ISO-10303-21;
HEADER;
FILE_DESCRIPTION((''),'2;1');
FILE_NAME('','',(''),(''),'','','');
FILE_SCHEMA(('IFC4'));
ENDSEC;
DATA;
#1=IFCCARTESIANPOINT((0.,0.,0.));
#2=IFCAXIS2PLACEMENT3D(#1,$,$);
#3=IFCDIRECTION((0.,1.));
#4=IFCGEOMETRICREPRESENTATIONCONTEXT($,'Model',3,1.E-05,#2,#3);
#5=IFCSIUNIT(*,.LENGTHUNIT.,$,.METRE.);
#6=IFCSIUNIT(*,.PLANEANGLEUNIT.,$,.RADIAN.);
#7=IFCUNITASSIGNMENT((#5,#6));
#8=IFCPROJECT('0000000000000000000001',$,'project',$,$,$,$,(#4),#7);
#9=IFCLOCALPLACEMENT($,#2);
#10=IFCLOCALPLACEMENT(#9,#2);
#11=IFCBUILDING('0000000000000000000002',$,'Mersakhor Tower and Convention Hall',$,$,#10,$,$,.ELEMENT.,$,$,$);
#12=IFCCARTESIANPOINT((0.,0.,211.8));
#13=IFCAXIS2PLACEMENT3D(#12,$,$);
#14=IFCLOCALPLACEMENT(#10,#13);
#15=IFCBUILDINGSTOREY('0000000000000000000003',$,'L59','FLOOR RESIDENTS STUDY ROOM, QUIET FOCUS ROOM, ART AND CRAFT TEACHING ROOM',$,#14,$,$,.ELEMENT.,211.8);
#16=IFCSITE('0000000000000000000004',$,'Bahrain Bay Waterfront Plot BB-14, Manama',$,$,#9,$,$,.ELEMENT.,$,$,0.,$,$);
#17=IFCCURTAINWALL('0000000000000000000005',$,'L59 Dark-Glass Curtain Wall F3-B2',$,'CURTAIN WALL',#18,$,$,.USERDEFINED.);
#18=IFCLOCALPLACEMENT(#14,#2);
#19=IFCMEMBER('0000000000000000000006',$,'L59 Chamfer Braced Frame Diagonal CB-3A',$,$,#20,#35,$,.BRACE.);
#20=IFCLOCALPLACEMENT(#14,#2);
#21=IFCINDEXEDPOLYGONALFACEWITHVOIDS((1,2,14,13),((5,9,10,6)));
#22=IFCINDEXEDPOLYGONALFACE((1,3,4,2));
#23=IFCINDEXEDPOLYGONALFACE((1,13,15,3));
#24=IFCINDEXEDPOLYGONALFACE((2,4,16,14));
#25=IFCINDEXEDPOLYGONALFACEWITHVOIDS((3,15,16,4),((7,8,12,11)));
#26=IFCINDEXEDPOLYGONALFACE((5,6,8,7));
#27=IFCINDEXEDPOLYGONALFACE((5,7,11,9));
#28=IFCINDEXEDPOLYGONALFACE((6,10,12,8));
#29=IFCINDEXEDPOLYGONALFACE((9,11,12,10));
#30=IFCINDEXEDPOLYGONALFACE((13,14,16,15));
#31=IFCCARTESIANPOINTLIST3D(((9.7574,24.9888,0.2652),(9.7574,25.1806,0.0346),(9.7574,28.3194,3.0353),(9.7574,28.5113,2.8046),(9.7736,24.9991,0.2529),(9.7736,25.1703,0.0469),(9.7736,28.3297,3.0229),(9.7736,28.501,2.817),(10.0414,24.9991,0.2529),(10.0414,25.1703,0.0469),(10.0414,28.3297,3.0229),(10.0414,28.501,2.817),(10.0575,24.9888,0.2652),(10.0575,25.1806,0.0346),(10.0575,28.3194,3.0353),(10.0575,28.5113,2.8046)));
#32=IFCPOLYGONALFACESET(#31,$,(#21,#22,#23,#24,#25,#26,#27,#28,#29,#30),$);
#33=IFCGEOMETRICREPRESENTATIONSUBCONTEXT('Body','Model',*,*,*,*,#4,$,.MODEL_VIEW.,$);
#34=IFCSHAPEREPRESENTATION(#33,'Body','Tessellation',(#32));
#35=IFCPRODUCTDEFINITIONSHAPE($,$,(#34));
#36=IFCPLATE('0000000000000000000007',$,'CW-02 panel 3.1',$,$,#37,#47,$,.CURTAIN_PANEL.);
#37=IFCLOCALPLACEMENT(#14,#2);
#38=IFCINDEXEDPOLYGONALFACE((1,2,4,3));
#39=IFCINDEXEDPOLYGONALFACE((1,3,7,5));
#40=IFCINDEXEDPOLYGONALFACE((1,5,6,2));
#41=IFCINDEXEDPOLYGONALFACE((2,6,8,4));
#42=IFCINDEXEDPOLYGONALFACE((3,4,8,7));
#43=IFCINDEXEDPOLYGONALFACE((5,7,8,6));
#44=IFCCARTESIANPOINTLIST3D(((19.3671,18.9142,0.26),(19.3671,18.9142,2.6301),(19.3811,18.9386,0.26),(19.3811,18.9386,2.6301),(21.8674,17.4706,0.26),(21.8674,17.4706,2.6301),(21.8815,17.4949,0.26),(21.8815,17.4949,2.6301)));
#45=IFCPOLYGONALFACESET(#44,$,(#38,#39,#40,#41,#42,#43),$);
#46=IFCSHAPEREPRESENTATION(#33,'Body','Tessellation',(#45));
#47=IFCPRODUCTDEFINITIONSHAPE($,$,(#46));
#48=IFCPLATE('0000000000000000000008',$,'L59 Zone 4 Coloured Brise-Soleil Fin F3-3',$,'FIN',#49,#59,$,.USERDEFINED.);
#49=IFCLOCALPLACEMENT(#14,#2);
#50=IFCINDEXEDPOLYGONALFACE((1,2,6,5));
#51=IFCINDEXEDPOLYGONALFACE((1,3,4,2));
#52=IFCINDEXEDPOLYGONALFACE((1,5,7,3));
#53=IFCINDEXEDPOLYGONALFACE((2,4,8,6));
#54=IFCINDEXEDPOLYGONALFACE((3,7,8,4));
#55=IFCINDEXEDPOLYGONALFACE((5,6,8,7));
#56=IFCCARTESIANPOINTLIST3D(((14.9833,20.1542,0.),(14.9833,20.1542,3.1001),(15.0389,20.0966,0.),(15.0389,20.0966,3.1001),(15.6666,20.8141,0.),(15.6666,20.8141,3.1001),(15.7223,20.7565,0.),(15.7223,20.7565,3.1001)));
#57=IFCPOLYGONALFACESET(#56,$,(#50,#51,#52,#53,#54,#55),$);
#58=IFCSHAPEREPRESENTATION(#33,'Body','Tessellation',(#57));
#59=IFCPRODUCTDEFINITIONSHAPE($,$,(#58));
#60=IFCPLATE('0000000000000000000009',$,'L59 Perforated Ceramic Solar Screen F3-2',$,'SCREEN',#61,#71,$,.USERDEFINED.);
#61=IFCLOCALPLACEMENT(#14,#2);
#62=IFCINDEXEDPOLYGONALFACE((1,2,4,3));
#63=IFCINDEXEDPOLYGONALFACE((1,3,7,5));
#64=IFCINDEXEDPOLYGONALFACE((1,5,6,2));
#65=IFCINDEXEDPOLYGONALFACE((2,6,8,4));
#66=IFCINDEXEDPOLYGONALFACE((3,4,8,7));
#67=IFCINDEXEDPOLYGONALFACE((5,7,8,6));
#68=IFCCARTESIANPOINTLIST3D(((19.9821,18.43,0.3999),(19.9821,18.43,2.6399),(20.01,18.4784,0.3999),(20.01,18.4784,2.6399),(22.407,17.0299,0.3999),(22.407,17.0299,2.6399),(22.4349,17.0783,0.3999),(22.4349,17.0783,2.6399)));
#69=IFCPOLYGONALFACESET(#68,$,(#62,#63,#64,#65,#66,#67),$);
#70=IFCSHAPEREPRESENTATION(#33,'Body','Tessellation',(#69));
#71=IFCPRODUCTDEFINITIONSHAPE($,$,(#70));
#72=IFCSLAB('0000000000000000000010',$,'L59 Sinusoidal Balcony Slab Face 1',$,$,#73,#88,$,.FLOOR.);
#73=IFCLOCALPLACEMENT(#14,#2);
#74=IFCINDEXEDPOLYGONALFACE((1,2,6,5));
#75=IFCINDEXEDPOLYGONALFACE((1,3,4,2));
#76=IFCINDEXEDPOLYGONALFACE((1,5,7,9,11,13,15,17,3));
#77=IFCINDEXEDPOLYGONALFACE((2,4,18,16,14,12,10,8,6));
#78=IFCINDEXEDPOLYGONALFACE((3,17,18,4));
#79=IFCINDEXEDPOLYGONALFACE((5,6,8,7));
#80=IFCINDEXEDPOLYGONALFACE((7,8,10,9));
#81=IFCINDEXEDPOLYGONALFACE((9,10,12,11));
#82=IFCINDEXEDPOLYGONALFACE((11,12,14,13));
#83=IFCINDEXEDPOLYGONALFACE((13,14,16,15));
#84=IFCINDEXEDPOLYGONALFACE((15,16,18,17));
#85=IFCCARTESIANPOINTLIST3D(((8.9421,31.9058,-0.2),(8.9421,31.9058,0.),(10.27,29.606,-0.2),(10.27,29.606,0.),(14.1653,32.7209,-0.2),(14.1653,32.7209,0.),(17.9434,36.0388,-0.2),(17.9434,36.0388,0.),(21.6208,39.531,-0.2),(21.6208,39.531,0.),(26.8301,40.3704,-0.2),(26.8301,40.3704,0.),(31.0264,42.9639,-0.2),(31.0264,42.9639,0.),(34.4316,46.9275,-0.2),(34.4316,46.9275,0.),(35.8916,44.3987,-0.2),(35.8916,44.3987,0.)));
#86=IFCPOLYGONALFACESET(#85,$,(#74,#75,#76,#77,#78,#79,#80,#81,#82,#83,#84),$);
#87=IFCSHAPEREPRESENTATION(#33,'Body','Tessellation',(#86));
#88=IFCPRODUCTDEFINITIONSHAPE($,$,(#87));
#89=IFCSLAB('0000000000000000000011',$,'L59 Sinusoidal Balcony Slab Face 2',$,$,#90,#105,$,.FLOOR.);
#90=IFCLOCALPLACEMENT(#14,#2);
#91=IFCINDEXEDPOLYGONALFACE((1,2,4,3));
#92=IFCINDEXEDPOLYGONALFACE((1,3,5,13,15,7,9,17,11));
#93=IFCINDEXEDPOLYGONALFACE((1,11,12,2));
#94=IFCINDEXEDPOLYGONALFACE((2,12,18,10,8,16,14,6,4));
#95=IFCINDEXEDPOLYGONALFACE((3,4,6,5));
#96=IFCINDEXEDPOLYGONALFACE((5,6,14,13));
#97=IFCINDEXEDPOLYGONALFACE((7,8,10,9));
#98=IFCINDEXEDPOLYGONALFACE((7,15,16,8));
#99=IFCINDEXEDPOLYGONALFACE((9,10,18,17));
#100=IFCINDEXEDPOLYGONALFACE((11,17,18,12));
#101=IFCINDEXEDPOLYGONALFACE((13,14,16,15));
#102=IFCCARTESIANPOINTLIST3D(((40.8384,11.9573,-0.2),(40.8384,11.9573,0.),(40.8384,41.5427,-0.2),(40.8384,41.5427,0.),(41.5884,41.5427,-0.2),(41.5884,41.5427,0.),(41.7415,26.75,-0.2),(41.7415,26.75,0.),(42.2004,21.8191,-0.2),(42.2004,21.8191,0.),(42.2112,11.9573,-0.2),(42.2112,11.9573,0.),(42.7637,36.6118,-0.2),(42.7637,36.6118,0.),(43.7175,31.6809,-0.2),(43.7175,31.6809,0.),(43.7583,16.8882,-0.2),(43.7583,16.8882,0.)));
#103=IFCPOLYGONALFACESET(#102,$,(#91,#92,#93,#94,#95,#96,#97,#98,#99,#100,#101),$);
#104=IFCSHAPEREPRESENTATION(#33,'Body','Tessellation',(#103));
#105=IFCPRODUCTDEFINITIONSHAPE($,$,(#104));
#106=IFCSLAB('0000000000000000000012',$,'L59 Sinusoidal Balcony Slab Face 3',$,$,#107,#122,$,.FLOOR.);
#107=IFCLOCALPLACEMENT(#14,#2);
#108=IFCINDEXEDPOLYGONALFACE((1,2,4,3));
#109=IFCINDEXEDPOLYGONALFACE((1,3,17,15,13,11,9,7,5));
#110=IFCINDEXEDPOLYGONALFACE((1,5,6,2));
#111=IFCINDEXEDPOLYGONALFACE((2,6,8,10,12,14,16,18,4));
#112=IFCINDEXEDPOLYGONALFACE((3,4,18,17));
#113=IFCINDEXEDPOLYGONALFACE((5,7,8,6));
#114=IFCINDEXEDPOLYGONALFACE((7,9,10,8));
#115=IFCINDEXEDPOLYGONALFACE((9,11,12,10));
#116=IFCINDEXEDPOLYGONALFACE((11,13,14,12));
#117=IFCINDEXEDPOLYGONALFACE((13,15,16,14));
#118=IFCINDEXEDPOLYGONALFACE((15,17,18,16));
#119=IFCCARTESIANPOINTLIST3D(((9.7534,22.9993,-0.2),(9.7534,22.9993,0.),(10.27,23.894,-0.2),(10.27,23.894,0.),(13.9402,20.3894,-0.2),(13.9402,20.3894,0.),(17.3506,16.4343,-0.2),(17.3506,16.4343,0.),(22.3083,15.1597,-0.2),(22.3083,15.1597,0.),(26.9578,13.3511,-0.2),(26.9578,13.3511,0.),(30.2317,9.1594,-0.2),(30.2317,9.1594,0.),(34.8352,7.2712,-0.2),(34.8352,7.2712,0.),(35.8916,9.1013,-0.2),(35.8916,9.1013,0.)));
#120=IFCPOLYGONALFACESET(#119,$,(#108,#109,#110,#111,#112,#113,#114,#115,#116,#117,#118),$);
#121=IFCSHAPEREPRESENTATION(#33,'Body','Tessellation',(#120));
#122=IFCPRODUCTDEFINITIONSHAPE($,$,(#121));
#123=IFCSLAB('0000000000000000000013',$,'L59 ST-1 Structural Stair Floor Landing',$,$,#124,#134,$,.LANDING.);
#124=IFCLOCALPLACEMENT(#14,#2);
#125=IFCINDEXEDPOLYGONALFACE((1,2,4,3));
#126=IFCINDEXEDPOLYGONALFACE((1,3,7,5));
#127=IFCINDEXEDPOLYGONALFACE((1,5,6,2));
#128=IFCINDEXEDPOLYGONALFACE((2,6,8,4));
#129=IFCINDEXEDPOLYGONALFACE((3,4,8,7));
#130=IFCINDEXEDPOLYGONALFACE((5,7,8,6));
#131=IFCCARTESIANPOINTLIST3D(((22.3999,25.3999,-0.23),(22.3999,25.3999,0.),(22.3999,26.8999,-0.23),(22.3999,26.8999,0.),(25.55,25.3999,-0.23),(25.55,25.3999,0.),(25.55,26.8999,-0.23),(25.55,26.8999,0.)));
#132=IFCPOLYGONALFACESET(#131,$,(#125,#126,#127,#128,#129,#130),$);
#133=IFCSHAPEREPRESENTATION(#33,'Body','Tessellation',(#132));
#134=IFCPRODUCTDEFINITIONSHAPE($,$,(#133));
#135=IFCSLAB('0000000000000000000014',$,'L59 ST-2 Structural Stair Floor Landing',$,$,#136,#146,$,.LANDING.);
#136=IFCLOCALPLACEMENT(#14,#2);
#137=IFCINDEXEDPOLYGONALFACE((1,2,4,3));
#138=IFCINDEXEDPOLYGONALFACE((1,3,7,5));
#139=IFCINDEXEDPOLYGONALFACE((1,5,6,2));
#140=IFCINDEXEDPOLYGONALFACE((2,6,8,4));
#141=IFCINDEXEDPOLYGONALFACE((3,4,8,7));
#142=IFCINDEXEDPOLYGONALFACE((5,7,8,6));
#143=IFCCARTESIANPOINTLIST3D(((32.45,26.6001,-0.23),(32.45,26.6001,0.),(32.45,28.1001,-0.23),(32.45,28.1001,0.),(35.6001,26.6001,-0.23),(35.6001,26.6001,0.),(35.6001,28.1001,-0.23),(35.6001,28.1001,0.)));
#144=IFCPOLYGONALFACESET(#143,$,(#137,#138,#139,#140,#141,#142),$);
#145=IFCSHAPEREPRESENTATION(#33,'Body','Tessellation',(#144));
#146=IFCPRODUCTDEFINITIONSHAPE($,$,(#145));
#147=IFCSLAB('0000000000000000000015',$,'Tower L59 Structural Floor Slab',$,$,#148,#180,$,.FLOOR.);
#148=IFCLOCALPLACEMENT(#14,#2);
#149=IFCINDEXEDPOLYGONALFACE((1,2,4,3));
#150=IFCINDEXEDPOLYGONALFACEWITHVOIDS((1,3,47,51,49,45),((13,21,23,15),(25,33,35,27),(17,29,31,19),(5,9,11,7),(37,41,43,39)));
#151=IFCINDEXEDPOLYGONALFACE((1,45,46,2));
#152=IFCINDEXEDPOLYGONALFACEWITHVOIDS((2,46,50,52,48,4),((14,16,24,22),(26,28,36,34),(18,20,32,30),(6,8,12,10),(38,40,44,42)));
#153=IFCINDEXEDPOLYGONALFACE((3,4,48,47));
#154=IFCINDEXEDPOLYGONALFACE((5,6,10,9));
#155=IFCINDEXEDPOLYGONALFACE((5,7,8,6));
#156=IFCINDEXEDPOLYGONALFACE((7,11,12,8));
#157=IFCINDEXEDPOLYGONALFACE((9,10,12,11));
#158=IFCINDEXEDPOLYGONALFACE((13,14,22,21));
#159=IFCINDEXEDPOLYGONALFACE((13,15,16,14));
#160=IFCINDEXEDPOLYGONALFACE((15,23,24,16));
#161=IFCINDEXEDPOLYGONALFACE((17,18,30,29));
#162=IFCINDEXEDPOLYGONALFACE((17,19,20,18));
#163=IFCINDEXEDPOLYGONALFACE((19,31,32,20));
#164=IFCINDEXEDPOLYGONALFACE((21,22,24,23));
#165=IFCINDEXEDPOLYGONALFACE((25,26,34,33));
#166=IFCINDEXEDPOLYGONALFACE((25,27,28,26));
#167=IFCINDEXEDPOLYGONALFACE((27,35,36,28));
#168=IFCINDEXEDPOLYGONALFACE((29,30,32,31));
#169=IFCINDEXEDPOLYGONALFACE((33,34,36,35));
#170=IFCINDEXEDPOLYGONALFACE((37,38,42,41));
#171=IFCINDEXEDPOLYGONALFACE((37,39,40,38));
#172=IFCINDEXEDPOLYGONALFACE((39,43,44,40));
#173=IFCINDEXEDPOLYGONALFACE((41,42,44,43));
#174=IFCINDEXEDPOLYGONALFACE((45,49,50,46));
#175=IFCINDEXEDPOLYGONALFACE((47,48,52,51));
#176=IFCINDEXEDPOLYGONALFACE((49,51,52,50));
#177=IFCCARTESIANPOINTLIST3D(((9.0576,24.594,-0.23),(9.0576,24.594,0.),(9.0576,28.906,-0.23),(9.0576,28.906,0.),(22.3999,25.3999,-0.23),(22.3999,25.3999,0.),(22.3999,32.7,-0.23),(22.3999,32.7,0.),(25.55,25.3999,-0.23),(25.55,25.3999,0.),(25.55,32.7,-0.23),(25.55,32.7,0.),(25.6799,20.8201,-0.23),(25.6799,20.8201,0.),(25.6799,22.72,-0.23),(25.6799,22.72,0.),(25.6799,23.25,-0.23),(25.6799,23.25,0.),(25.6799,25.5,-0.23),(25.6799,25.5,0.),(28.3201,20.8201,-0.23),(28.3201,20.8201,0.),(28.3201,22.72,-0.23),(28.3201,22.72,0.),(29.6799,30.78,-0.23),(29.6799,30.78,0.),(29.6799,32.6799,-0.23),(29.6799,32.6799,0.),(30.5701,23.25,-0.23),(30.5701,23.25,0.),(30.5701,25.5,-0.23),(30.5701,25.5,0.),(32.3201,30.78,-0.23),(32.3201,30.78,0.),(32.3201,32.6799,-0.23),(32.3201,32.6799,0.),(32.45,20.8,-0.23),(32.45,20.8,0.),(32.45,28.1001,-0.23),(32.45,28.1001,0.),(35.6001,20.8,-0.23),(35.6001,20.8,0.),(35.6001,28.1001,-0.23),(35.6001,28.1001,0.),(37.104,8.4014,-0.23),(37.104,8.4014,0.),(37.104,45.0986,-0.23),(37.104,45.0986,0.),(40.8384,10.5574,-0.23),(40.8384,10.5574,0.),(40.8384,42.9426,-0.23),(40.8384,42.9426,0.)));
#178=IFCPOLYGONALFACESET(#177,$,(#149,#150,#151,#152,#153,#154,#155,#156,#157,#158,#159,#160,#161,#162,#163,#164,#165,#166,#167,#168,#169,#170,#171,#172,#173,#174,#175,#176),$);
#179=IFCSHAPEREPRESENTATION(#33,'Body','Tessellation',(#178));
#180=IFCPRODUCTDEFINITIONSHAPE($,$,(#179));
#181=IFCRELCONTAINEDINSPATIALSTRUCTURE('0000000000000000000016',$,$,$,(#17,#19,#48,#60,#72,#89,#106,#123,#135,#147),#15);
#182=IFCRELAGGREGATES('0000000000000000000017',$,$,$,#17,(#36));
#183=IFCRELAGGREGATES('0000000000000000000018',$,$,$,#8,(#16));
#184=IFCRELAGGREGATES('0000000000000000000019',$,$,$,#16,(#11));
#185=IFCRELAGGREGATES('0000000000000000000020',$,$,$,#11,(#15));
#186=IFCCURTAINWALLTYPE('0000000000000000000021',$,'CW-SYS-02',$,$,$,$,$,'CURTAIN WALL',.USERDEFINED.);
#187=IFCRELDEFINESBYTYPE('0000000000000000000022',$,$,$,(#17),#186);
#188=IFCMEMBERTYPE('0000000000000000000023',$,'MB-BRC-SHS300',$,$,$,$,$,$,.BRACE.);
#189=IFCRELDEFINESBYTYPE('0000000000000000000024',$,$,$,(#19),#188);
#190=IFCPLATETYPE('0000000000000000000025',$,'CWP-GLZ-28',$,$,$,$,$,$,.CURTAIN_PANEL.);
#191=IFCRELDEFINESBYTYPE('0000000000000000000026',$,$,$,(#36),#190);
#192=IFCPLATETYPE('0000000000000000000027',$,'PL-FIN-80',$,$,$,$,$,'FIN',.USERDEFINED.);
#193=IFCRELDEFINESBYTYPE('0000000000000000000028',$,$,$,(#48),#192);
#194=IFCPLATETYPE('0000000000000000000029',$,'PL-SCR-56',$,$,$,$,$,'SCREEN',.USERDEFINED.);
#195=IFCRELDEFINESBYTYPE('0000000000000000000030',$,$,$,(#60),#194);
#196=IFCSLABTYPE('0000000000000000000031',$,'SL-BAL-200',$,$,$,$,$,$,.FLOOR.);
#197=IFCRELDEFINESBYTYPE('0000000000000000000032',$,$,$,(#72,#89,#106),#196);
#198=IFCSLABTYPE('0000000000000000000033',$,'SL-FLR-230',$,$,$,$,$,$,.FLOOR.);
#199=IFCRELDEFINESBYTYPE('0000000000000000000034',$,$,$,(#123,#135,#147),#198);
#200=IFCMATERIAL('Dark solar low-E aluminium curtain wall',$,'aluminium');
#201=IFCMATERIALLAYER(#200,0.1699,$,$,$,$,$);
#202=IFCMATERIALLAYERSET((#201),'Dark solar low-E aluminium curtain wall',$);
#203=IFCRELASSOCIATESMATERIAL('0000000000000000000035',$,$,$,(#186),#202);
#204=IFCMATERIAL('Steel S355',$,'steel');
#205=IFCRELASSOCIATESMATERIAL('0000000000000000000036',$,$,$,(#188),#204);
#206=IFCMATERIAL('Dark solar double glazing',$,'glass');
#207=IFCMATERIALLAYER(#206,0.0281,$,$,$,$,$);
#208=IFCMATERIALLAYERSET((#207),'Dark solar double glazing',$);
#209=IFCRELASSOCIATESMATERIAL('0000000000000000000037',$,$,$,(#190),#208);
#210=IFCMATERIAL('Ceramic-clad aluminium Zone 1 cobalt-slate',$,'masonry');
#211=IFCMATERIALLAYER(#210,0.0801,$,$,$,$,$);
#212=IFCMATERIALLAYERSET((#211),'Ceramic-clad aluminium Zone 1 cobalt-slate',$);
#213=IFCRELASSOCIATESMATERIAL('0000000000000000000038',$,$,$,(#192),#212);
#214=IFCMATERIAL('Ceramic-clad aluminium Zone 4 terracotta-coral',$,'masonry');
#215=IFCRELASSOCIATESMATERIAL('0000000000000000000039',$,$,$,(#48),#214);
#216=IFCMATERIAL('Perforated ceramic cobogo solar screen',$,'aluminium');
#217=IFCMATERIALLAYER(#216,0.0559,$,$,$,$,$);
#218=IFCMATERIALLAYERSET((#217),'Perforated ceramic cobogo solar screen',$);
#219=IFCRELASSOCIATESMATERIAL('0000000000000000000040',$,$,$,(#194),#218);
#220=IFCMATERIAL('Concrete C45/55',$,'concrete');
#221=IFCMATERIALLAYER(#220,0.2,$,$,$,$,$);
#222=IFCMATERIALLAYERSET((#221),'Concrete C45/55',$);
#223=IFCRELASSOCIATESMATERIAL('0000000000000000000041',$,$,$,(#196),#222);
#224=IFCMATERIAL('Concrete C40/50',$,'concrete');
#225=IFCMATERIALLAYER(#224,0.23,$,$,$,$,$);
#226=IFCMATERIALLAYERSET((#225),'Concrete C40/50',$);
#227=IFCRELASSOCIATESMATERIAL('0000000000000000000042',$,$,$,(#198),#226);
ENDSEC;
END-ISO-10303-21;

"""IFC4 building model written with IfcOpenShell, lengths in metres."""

from ifc_helpers import new_model, si_unit, direction, frame, origin, origin_2d, place, context, subcontext, project, spatial, polyline, rectangle, hollow_rectangle, outline, extrude, material, layer, layer_set, material_profile, profile_set, type_object, element, aggregate, save


model = new_model("IFC4")

# Units and contexts
model_context = context("Model", 3, precision=1e-05, world=origin(), true_north=direction((0.0, 1.0)))
body_context = subcontext(model_context, "Body", "Model", "MODEL_VIEW")
ifc_project = project(units=[si_unit("LENGTHUNIT", "METRE"), si_unit("PLANEANGLEUNIT", "RADIAN")], contexts=[model_context])

# Site, building, storey
site_placement = place(None, origin())
site = spatial("IfcSite", under=ifc_project, at=site_placement, Name="Bahrain Bay Waterfront Plot BB-14, Manama", CompositionType="ELEMENT", RefElevation=0.0)
building_placement = place(site_placement, origin())
building = spatial("IfcBuilding", under=site, at=building_placement, Name="Mersakhor Tower and Convention Hall", CompositionType="ELEMENT")
storey_placement = place(building_placement, frame((0.0, 0.0, 211.8)))
storey = spatial("IfcBuildingStorey", under=building, at=storey_placement, Name="L59", Description="FLOOR RESIDENTS STUDY ROOM, QUIET FOCUS ROOM, ART AND CRAFT TEACHING ROOM", CompositionType="ELEMENT", Elevation=211.8)

# Curtain wall
ifc_material_1 = material(Name="Dark solar low-E aluminium curtain wall", Category="aluminium")
ifc_layer_1 = layer(ifc_material_1, 0.1699)
ifc_layer_set_1 = layer_set([ifc_layer_1], Name="Dark solar low-E aluminium curtain wall")
curtain_wall_type = type_object("IfcCurtainWallType", Name="CW-SYS-02", ElementType="CURTAIN WALL", PredefinedType="USERDEFINED", material=ifc_layer_set_1)
curtain_wall_placement = place(storey_placement, origin())
curtain_wall = element("IfcCurtainWall", 1, at=curtain_wall_placement, inside=storey, type_object=curtain_wall_type, Name="L59 Dark-Glass Curtain Wall F3-B2", ObjectType="CURTAIN WALL", PredefinedType="USERDEFINED")

# Member
ifc_material_2 = material(Name="Steel S355", Category="steel")
ifc_material_profile_1 = material_profile(ifc_material_2, hollow_rectangle(XDim=0.3, YDim=0.3, WallThickness=0.0161, at=origin_2d()), Name="SHS 300x300x16")
ifc_profile_set_1 = profile_set([ifc_material_profile_1], Name="Steel S355")
member_type_1 = type_object("IfcMemberType", Name="MB-BRC-SHS300", PredefinedType="BRACE", material=ifc_profile_set_1)
member_1_placement = place(storey_placement, frame((9.9075, 25.0847, 0.1499), z_axis=(0.0, 0.76884, 0.639441), x_axis=(-1.0, 0.0, 0.0)))
element("IfcMember", 2, at=member_1_placement, inside=storey, type_object=member_type_1, Name="L59 Chamfer Braced Frame Diagonal CB-3A", PredefinedType="BRACE", context=body_context, shape_type="SweptSolid", body=[
    extrude(hollow_rectangle(XDim=0.3, YDim=0.3, WallThickness=0.0161, at=origin_2d()), origin(), (0.0, 0.0, 1.0), 4.332),
])

# Plate
ifc_material_3 = material(Name="Dark solar double glazing", Category="glass")
ifc_layer_2 = layer(ifc_material_3, 0.0281)
ifc_layer_set_2 = layer_set([ifc_layer_2], Name="Dark solar double glazing")
plate_type_1 = type_object("IfcPlateType", Name="CWP-GLZ-28", PredefinedType="CURTAIN_PANEL", material=ifc_layer_set_2)
plate_1_placement = place(storey_placement, frame((20.6243, 18.2046, 0.26), z_axis=(0.0, 0.0, 1.0), x_axis=(-0.866021, 0.500008, 0.0)))
plate_1 = element("IfcPlate", 3, at=plate_1_placement, type_object=plate_type_1, Name="CW-02 panel 3.1", PredefinedType="CURTAIN_PANEL", context=body_context, shape_type="SweptSolid", body=[
    extrude(rectangle(XDim=2.8872, YDim=0.0281, at=origin_2d()), origin(), (0.0, 0.0, 1.0), 2.3701),
])
aggregate(curtain_wall, [plate_1])

# Plates
ifc_material_4 = material(Name="Ceramic-clad aluminium Zone 4 terracotta-coral", Category="masonry")
ifc_material_5 = material(Name="Ceramic-clad aluminium Zone 1 cobalt-slate", Category="masonry")
ifc_layer_3 = layer(ifc_material_5, 0.0801)
ifc_layer_set_3 = layer_set([ifc_layer_3], Name="Ceramic-clad aluminium Zone 1 cobalt-slate")
plate_type_2 = type_object("IfcPlateType", Name="PL-FIN-80", ElementType="FIN", PredefinedType="USERDEFINED", material=ifc_layer_set_3)
plate_2_placement = place(storey_placement, frame((15.3528, 20.4553, 0.0), z_axis=(0.0, 0.0, 1.0), x_axis=(-0.71934, -0.694658, 0.0)))
element("IfcPlate", 4, at=plate_2_placement, inside=storey, type_object=plate_type_2, material=ifc_material_4, Name="L59 Zone 4 Coloured Brise-Soleil Fin F3-3", ObjectType="FIN", PredefinedType="USERDEFINED", context=body_context, shape_type="SweptSolid", body=[
    extrude(rectangle(XDim=0.95, YDim=0.0801, at=origin_2d()), origin(), (0.0, 0.0, 1.0), 3.1001),
])
ifc_material_6 = material(Name="Perforated ceramic cobogo solar screen", Category="aluminium")
ifc_layer_4 = layer(ifc_material_6, 0.0559)
ifc_layer_set_4 = layer_set([ifc_layer_4], Name="Perforated ceramic cobogo solar screen")
plate_type_3 = type_object("IfcPlateType", Name="PL-SCR-56", ElementType="SCREEN", PredefinedType="USERDEFINED", material=ifc_layer_set_4)
plate_3_placement = place(storey_placement, frame((21.2085, 17.7542, 0.3999), z_axis=(0.0, 0.0, 1.0), x_axis=(-0.866025, 0.5, 0.0)))
element("IfcPlate", 5, at=plate_3_placement, inside=storey, type_object=plate_type_3, Name="L59 Perforated Ceramic Solar Screen F3-2", ObjectType="SCREEN", PredefinedType="USERDEFINED", context=body_context, shape_type="SweptSolid", body=[
    extrude(rectangle(XDim=2.8, YDim=0.0559, at=origin_2d()), origin(), (0.0, 0.0, 1.0), 2.24),
])

# Slabs
ifc_material_7 = material(Name="Concrete C45/55", Category="concrete")
ifc_layer_5 = layer(ifc_material_7, 0.2)
ifc_layer_set_5 = layer_set([ifc_layer_5], Name="Concrete C45/55")
slab_type_1 = type_object("IfcSlabType", Name="SL-BAL-200", PredefinedType="FLOOR", material=ifc_layer_set_5)
slab_1_placement = place(storey_placement, frame((0.0, 0.0, -0.2)))
element("IfcSlab", 6, at=slab_1_placement, inside=storey, type_object=slab_type_1, Name="L59 Sinusoidal Balcony Slab Face 1", PredefinedType="FLOOR", context=body_context, shape_type="SweptSolid", body=[
    extrude(outline(polyline([(10.27, 29.606), (35.8916, 44.3987), (34.4316, 46.9275), (31.0264, 42.9639), (26.8301, 40.3704), (21.6208, 39.531), (17.9434, 36.0388), (14.1653, 32.7209), (8.9421, 31.9058), (10.27, 29.606)])), origin(), (0.0, 0.0, 1.0), 0.2),
])
slab_2_placement = place(storey_placement, frame((0.0, 0.0, -0.2)))
element("IfcSlab", 7, at=slab_2_placement, inside=storey, type_object=slab_type_1, Name="L59 Sinusoidal Balcony Slab Face 2", PredefinedType="FLOOR", context=body_context, shape_type="SweptSolid", body=[
    extrude(outline(polyline([(40.8384, 41.5427), (40.8384, 11.9573), (42.2112, 11.9573), (43.7583, 16.8882), (42.2004, 21.8191), (41.7415, 26.75), (43.7175, 31.6809), (42.7637, 36.6118), (41.5884, 41.5427), (40.8384, 41.5427)])), origin(), (0.0, 0.0, 1.0), 0.2),
])
slab_3_placement = place(storey_placement, frame((0.0, 0.0, -0.2)))
element("IfcSlab", 8, at=slab_3_placement, inside=storey, type_object=slab_type_1, Name="L59 Sinusoidal Balcony Slab Face 3", PredefinedType="FLOOR", context=body_context, shape_type="SweptSolid", body=[
    extrude(outline(polyline([(35.8916, 9.1013), (10.27, 23.894), (9.7534, 22.9993), (13.9402, 20.3894), (17.3506, 16.4343), (22.3083, 15.1597), (26.9578, 13.3511), (30.2317, 9.1594), (34.8352, 7.2712), (35.8916, 9.1013)])), origin(), (0.0, 0.0, 1.0), 0.2),
])
ifc_material_8 = material(Name="Concrete C40/50", Category="concrete")
ifc_layer_6 = layer(ifc_material_8, 0.23)
ifc_layer_set_6 = layer_set([ifc_layer_6], Name="Concrete C40/50")
slab_type_2 = type_object("IfcSlabType", Name="SL-FLR-230", PredefinedType="FLOOR", material=ifc_layer_set_6)
slab_4_placement = place(storey_placement, frame((0.0, 0.0, -0.23)))
element("IfcSlab", 9, at=slab_4_placement, inside=storey, type_object=slab_type_2, Name="L59 ST-1 Structural Stair Floor Landing", PredefinedType="LANDING", context=body_context, shape_type="SweptSolid", body=[
    extrude(outline(polyline([(25.55, 25.3999), (25.55, 26.8999), (22.3999, 26.8999), (22.3999, 25.3999), (25.55, 25.3999)])), origin(), (0.0, 0.0, 1.0), 0.23),
])
slab_5_placement = place(storey_placement, frame((0.0, 0.0, -0.23)))
element("IfcSlab", 10, at=slab_5_placement, inside=storey, type_object=slab_type_2, Name="L59 ST-2 Structural Stair Floor Landing", PredefinedType="LANDING", context=body_context, shape_type="SweptSolid", body=[
    extrude(outline(polyline([(32.45, 28.1001), (32.45, 26.6001), (35.6001, 26.6001), (35.6001, 28.1001), (32.45, 28.1001)])), origin(), (0.0, 0.0, 1.0), 0.23),
])
slab_6_placement = place(storey_placement, frame((0.0, 0.0, -0.23)))
element("IfcSlab", 11, at=slab_6_placement, inside=storey, type_object=slab_type_2, Name="Tower L59 Structural Floor Slab", PredefinedType="FLOOR", context=body_context, shape_type="SweptSolid", body=[
    extrude(outline(polyline([(9.0576, 28.906), (37.104, 45.0986), (40.8384, 42.9426), (40.8384, 10.5574), (37.104, 8.4014), (9.0576, 24.594), (9.0576, 28.906)]), holes=[polyline([(25.55, 25.3999), (25.55, 32.7), (22.3999, 32.7), (22.3999, 25.3999), (25.55, 25.3999)]), polyline([(32.45, 28.1001), (32.45, 20.8), (35.6001, 20.8), (35.6001, 28.1001), (32.45, 28.1001)]), polyline([(25.6799, 20.8201), (25.6799, 22.72), (28.3201, 22.72), (28.3201, 20.8201), (25.6799, 20.8201)]), polyline([(29.6799, 30.78), (29.6799, 32.6799), (32.3201, 32.6799), (32.3201, 30.78), (29.6799, 30.78)]), polyline([(25.6799, 23.25), (25.6799, 25.5), (30.5701, 25.5), (30.5701, 23.25), (25.6799, 23.25)])]), origin(), (0.0, 0.0, 1.0), 0.23),
])

save(model, "model.ifc")
